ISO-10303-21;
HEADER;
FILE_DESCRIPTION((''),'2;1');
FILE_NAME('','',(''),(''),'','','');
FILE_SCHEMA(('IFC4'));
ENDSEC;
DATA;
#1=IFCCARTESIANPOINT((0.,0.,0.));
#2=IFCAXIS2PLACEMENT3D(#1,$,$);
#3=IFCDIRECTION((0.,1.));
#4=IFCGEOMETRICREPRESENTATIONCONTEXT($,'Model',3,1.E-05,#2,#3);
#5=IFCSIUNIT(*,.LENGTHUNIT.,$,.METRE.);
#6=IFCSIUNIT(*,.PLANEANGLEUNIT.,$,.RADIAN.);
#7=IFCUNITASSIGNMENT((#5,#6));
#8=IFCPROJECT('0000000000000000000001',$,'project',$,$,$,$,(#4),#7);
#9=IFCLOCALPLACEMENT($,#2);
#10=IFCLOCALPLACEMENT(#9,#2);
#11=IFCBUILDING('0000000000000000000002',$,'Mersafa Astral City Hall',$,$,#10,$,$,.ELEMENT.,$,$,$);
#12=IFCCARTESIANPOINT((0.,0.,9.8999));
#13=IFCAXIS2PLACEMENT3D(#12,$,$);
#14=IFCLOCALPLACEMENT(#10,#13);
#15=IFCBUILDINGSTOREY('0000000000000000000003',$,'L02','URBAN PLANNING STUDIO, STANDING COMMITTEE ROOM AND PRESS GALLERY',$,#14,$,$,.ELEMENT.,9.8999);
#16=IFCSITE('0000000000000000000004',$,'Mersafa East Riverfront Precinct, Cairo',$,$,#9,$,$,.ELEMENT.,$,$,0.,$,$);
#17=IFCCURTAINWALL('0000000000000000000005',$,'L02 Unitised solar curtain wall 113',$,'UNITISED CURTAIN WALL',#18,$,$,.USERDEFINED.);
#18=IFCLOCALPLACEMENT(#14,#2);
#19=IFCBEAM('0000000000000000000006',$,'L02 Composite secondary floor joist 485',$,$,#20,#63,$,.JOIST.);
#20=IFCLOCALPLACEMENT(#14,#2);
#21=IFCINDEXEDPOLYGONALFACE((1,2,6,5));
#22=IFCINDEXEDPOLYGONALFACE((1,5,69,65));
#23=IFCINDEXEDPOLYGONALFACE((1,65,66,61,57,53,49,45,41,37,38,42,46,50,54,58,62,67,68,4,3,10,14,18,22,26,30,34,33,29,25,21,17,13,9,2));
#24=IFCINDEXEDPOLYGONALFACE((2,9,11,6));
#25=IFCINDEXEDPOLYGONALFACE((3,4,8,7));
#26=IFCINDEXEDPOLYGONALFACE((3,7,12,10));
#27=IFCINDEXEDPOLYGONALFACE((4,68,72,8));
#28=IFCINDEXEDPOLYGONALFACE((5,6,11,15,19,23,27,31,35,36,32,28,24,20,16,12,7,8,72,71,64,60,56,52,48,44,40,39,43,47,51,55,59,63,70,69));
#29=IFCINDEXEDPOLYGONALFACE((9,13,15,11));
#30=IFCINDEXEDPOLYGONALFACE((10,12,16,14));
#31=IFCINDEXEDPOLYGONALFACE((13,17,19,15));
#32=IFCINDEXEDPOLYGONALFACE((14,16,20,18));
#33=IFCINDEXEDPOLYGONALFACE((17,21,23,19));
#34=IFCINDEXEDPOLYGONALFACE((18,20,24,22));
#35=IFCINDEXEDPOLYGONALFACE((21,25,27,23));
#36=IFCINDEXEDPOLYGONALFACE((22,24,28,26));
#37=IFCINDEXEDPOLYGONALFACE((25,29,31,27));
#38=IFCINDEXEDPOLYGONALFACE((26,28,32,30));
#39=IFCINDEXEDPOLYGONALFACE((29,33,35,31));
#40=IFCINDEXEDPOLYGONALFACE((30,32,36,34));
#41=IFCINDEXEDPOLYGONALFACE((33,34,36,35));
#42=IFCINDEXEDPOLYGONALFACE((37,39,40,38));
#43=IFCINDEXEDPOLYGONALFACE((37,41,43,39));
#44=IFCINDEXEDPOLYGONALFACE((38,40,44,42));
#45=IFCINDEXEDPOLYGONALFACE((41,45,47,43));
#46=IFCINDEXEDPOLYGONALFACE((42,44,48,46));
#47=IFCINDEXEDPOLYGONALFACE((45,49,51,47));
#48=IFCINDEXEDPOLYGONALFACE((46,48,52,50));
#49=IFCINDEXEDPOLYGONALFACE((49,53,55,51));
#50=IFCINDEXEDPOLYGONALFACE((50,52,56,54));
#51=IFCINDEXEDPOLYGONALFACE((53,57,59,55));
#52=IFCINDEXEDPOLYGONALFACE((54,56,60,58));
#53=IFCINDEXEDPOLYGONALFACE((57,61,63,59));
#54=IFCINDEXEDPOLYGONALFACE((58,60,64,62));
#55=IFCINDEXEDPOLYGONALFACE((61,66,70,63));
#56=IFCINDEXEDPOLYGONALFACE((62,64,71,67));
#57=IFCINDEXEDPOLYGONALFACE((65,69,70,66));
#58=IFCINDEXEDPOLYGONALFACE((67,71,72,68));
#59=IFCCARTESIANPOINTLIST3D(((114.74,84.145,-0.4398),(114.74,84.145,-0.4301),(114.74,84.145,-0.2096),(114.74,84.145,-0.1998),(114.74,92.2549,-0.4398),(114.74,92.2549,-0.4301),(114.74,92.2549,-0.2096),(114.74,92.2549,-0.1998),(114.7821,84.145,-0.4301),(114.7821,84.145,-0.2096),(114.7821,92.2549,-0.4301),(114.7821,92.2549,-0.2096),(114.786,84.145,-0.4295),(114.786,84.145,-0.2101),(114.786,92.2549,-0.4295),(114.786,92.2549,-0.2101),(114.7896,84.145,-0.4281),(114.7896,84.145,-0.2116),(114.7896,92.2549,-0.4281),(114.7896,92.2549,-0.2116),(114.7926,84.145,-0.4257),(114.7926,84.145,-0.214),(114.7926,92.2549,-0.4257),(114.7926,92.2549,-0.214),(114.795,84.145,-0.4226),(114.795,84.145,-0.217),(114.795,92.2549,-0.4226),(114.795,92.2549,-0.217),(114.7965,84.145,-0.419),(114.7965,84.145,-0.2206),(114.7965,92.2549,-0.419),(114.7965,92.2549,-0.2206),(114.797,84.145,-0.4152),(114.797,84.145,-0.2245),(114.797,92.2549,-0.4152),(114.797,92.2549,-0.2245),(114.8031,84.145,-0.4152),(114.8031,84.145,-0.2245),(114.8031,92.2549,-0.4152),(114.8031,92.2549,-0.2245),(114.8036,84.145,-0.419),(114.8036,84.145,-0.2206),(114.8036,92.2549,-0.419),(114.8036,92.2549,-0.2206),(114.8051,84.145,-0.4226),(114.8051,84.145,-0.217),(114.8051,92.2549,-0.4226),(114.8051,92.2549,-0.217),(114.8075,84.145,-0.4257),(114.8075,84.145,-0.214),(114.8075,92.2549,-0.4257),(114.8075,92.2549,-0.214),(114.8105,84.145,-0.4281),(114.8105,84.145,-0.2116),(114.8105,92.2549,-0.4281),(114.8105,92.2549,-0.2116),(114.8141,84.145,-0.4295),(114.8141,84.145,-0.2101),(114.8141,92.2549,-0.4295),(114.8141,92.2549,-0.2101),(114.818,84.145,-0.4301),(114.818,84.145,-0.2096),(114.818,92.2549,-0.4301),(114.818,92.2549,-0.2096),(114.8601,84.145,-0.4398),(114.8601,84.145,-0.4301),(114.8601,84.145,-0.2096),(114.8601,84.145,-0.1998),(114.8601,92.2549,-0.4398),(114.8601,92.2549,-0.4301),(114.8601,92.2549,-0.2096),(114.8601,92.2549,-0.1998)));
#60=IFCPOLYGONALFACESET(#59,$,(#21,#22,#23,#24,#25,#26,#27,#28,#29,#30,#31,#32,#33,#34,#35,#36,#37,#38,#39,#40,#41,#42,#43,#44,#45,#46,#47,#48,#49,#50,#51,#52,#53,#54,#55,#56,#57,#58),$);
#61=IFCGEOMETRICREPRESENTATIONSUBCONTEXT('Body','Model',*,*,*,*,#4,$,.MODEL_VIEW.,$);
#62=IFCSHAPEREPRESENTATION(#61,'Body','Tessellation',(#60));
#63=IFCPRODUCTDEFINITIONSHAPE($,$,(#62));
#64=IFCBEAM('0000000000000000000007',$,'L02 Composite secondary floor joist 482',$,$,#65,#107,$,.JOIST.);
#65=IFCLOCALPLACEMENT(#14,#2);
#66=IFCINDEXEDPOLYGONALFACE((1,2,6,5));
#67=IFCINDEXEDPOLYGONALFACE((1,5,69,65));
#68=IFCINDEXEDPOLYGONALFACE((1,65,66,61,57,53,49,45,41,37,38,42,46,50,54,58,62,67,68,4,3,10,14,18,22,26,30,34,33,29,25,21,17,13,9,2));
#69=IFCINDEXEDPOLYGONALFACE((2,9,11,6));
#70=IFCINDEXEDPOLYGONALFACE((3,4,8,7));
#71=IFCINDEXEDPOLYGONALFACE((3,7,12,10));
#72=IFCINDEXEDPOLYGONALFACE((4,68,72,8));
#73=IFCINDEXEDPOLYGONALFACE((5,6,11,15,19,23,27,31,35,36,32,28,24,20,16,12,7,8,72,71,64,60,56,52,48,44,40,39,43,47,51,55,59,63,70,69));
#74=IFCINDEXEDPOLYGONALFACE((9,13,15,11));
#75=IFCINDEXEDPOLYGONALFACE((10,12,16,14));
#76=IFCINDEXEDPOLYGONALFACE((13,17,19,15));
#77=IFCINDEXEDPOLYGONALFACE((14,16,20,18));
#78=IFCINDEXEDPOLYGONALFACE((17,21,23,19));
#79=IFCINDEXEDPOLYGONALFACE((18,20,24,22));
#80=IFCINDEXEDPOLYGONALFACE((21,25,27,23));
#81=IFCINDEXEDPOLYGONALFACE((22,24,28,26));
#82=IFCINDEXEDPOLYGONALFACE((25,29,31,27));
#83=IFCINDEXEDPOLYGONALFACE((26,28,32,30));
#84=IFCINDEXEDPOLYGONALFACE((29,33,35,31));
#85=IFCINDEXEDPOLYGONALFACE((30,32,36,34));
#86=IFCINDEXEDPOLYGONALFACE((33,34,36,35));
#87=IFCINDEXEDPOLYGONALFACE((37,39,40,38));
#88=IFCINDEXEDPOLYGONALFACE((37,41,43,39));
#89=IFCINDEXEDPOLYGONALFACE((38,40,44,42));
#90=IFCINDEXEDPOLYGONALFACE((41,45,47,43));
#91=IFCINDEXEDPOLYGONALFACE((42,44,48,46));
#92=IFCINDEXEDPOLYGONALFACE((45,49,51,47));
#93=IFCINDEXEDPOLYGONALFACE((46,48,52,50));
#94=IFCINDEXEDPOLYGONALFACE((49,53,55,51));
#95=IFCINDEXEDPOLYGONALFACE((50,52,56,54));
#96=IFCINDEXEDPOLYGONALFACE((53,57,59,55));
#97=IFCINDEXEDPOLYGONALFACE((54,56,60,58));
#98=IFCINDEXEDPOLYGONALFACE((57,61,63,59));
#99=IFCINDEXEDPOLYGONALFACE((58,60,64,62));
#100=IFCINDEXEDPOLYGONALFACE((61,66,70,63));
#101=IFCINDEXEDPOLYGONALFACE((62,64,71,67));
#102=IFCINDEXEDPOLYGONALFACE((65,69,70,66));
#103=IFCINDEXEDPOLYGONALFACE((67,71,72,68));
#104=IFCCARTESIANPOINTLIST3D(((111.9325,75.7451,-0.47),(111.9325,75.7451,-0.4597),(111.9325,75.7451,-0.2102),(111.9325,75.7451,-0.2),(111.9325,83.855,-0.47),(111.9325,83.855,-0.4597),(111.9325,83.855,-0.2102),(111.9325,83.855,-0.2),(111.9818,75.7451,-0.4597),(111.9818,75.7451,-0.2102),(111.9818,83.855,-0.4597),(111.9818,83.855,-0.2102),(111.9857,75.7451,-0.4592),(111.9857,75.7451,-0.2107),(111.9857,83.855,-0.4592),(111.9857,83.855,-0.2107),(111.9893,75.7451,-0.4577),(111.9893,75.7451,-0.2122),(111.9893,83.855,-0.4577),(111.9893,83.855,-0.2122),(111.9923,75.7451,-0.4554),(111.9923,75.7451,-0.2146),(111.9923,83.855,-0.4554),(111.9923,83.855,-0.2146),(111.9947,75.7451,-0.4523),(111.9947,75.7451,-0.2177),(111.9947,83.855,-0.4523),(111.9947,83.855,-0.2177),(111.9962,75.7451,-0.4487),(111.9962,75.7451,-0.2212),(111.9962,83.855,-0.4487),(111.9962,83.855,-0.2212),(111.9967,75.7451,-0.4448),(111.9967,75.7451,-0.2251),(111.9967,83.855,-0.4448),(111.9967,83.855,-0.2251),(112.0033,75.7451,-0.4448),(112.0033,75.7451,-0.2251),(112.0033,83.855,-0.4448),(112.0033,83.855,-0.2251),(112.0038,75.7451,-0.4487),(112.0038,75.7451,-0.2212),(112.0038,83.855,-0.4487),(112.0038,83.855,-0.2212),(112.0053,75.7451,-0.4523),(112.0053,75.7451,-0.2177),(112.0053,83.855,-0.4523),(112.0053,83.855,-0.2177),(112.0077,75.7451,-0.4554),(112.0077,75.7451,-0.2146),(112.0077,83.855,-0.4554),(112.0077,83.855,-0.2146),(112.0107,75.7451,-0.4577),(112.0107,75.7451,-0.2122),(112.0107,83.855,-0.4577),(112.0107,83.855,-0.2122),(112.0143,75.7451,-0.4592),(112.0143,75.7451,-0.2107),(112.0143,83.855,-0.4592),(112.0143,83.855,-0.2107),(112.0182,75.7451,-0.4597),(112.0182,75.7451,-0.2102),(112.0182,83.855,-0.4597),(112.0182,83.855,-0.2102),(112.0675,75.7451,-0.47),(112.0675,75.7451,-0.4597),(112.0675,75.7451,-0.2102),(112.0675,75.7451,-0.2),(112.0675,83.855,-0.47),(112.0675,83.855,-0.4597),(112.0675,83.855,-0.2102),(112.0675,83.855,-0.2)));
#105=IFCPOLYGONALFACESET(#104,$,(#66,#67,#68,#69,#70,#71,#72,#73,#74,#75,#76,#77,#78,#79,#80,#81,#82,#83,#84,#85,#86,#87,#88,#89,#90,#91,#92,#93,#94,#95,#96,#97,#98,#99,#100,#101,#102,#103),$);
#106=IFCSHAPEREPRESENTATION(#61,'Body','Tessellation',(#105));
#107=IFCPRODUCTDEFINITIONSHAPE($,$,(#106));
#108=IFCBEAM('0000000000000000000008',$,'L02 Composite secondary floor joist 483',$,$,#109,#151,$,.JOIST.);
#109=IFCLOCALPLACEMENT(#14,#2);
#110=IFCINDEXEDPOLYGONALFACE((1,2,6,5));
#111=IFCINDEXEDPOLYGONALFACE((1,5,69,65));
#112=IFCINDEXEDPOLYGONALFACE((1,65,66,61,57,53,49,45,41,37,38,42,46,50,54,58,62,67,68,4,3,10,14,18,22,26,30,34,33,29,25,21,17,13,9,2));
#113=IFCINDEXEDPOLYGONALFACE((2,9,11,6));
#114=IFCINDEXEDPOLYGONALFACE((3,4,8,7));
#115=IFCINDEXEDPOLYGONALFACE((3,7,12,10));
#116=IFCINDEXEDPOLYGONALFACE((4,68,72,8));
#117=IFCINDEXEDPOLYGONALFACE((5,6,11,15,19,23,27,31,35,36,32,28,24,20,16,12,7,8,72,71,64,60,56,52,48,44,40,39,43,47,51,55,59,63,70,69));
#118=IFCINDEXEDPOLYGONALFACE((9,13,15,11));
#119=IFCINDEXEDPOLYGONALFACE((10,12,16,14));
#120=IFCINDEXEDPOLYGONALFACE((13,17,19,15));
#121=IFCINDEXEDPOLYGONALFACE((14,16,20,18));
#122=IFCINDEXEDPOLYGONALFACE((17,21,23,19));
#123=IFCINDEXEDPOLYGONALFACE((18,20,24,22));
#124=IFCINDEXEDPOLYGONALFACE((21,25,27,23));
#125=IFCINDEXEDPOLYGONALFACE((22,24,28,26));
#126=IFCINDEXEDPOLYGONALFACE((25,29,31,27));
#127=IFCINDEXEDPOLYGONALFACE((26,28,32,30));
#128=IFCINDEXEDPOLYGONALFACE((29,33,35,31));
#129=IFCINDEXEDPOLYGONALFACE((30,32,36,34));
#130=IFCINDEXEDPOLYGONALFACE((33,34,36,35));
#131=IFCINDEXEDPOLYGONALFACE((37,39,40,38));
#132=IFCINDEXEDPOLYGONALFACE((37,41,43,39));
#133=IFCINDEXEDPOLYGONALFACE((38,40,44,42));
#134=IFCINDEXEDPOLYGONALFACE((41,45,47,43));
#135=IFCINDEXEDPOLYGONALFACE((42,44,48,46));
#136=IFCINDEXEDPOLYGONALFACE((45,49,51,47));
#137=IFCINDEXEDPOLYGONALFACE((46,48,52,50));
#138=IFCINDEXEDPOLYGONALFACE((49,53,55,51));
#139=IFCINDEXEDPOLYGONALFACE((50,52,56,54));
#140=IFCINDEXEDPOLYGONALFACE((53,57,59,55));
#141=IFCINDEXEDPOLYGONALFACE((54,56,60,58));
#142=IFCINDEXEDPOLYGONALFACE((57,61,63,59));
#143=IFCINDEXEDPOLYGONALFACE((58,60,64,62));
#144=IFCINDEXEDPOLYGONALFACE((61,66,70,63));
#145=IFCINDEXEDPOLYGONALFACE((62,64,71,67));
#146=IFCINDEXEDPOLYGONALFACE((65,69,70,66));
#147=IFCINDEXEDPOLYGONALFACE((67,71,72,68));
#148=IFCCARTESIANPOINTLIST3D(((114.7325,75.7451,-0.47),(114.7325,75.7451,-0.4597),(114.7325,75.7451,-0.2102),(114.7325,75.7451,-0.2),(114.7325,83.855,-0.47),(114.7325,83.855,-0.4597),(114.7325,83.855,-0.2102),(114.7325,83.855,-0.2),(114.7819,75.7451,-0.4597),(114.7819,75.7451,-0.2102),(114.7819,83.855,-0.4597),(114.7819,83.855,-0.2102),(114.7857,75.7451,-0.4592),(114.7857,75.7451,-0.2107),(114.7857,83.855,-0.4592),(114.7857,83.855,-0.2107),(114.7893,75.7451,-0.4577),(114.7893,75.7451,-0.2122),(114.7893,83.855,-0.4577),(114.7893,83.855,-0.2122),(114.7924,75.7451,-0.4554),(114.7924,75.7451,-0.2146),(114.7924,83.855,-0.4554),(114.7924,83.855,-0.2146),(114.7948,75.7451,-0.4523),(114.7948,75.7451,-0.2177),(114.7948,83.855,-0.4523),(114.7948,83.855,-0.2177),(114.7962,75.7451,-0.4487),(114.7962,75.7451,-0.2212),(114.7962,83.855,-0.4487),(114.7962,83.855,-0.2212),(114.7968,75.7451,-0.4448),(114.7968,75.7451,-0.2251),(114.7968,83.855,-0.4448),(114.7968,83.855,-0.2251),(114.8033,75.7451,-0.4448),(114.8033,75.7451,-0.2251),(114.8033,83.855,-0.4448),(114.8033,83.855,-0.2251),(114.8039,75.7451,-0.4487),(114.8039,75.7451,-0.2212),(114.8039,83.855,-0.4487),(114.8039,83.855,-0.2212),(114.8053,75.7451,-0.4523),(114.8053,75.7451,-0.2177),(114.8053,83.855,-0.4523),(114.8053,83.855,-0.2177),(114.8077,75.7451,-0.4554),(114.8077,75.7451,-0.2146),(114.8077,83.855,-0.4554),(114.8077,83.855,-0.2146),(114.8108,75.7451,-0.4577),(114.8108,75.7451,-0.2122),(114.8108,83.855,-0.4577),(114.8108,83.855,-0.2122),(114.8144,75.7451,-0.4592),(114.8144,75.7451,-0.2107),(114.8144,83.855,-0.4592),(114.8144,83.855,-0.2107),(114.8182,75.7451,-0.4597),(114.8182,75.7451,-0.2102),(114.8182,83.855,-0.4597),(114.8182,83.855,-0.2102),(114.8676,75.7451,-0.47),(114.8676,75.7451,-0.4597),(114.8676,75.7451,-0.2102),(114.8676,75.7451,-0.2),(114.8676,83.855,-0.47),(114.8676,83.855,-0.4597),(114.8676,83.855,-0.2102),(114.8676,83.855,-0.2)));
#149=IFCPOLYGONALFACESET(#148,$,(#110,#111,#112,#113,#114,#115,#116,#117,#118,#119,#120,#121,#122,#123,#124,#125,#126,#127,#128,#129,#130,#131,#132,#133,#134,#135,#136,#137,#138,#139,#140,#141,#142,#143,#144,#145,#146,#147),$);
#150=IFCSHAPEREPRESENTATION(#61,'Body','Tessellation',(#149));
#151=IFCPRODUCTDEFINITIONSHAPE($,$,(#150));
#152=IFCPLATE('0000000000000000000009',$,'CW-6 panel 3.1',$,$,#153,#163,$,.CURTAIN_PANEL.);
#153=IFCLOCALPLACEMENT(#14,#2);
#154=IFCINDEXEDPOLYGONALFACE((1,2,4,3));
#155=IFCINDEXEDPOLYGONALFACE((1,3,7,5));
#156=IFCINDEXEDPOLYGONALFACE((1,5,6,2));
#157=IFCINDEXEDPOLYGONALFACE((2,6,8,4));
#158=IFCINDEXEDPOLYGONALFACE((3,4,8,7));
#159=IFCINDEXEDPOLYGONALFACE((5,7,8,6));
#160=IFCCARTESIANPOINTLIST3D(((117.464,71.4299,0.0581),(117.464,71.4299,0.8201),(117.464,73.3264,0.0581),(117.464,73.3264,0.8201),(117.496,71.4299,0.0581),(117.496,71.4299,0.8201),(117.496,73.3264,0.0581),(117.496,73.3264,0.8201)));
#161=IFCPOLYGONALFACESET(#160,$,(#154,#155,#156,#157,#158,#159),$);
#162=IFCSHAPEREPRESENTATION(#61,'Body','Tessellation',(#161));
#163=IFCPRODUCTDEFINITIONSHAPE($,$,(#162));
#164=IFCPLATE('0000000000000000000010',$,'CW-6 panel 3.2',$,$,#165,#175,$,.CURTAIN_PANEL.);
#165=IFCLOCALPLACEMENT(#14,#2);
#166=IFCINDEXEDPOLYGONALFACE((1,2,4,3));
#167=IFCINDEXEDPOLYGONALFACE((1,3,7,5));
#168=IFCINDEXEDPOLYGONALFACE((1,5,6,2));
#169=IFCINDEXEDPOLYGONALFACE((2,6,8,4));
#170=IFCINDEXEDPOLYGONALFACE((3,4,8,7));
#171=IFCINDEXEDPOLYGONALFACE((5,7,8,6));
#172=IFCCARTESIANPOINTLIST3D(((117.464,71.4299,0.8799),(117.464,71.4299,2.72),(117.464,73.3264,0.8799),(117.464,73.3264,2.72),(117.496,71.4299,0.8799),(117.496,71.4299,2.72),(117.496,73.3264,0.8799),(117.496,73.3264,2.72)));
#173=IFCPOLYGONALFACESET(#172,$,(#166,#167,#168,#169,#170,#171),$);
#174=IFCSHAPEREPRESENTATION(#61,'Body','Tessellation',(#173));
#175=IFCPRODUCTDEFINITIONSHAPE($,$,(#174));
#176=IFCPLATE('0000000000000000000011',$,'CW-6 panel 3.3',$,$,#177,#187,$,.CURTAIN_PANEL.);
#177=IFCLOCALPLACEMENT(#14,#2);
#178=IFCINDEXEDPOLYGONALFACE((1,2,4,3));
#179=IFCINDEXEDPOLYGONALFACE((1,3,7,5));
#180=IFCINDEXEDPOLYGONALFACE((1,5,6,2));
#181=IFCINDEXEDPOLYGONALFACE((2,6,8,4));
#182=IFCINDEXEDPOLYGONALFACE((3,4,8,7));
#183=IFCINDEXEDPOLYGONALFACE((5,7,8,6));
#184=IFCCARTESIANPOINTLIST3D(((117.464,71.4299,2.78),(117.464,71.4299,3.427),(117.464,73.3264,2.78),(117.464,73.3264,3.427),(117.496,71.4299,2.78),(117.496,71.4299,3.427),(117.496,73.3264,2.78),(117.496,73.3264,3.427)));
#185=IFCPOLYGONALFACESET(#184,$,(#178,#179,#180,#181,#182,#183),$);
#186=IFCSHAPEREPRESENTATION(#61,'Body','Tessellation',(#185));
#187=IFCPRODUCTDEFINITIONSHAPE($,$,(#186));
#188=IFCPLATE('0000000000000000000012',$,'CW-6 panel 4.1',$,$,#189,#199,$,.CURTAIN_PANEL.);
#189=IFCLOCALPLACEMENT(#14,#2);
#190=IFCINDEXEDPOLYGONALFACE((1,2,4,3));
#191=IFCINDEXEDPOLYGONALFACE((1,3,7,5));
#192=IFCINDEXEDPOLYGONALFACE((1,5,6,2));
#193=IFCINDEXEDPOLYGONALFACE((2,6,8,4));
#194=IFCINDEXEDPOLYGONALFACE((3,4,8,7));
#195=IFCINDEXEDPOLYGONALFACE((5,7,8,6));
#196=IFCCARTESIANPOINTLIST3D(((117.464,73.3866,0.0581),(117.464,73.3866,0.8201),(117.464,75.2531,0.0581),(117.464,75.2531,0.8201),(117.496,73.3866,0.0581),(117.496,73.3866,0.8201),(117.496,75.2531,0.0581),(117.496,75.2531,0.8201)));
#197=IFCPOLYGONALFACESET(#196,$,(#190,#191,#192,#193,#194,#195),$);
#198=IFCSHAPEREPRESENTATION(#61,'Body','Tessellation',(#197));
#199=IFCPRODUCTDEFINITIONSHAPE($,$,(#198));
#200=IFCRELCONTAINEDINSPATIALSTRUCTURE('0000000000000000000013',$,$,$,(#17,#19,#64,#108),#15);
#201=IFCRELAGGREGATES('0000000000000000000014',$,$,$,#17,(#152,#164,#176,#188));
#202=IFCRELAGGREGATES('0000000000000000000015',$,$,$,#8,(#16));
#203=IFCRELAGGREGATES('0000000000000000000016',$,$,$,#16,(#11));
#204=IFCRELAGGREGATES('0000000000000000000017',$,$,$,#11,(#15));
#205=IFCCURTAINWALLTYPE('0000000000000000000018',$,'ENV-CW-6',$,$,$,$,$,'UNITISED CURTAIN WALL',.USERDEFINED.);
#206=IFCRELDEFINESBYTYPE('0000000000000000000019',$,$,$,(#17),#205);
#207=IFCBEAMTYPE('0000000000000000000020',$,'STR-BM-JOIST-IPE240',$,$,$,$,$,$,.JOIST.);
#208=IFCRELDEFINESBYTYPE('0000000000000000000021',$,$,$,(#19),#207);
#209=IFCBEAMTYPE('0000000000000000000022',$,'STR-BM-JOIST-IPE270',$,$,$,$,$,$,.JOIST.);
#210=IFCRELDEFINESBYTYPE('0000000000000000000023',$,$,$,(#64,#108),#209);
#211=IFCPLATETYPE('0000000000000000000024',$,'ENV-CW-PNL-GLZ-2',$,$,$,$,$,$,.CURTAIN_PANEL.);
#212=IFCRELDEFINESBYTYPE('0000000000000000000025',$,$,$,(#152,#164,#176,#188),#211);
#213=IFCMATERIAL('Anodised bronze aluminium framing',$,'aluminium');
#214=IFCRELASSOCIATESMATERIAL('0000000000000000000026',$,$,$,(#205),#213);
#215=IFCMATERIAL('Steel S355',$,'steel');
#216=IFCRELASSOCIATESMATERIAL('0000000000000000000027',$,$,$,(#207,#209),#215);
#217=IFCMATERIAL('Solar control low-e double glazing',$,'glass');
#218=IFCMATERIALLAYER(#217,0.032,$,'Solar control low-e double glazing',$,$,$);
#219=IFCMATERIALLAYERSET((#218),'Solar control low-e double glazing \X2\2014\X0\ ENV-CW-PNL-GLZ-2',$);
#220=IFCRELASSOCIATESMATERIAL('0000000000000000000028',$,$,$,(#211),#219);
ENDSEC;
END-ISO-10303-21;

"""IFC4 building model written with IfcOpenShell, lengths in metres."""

from ifc_helpers import new_model, si_unit, direction, frame, origin, origin_2d, place, context, subcontext, project, spatial, rectangle, i_section, extrude, material, layer, layer_set, material_profile, profile_set, type_object, element, aggregate, save


model = new_model("IFC4")

# Units and contexts
model_context = context("Model", 3, precision=1e-05, world=origin(), true_north=direction((0.0, 1.0)))
body_context = subcontext(model_context, "Body", "Model", "MODEL_VIEW")
ifc_project = project(units=[si_unit("LENGTHUNIT", "METRE"), si_unit("PLANEANGLEUNIT", "RADIAN")], contexts=[model_context])

# Site, building, storey
site_placement = place(None, origin())
site = spatial("IfcSite", under=ifc_project, at=site_placement, Name="Mersafa East Riverfront Precinct, Cairo", CompositionType="ELEMENT", RefElevation=0.0)
building_placement = place(site_placement, origin())
building = spatial("IfcBuilding", under=site, at=building_placement, Name="Mersafa Astral City Hall", CompositionType="ELEMENT")
storey_placement = place(building_placement, frame((0.0, 0.0, 9.8999)))
storey = spatial("IfcBuildingStorey", under=building, at=storey_placement, Name="L02", Description="URBAN PLANNING STUDIO, STANDING COMMITTEE ROOM AND PRESS GALLERY", CompositionType="ELEMENT", Elevation=9.8999)

# Curtain wall
ifc_material_1 = material(Name="Anodised bronze aluminium framing", Category="aluminium")
curtain_wall_type = type_object("IfcCurtainWallType", Name="ENV-CW-6", ElementType="UNITISED CURTAIN WALL", PredefinedType="USERDEFINED", material=ifc_material_1)
curtain_wall_placement = place(storey_placement, origin())
curtain_wall = element("IfcCurtainWall", 1, at=curtain_wall_placement, inside=storey, type_object=curtain_wall_type, Name="L02 Unitised solar curtain wall 113", ObjectType="UNITISED CURTAIN WALL", PredefinedType="USERDEFINED")

# Beams
ifc_material_2 = material(Name="Steel S355", Category="steel")
ifc_material_profile_1 = material_profile(ifc_material_2, i_section(OverallWidth=0.1201, OverallDepth=0.24, WebThickness=0.0061, FlangeThickness=0.0098, FilletRadius=0.0149, at=origin_2d()), Name="IPE 240")
ifc_profile_set_1 = profile_set([ifc_material_profile_1], Name="Steel S355")
beam_type_1 = type_object("IfcBeamType", Name="STR-BM-JOIST-IPE240", PredefinedType="JOIST", material=ifc_profile_set_1)
for number, where, z_axis, x_axis, name in (
    (2, (114.8, 84.145, -0.3198), (0.0, 1.0, 0.0), (-1.0, 0.0, 0.0), "L02 Composite secondary floor joist 485"),
):
    element("IfcBeam", number, at=place(storey_placement, frame(where, z_axis=z_axis, x_axis=x_axis)), inside=storey, type_object=beam_type_1, Name=name, PredefinedType="JOIST", context=body_context, shape_type="SweptSolid", body=[
        extrude(i_section(OverallWidth=0.1201, OverallDepth=0.24, WebThickness=0.0061, FlangeThickness=0.0098, FilletRadius=0.0149, at=origin_2d()), origin(), (0.0, 0.0, 1.0), 8.1099),
    ])
ifc_material_profile_2 = material_profile(ifc_material_2, i_section(OverallWidth=0.135, OverallDepth=0.27, WebThickness=0.0066, FlangeThickness=0.0103, FilletRadius=0.0149, at=origin_2d()), Name="IPE 270")
ifc_profile_set_2 = profile_set([ifc_material_profile_2], Name="Steel S355")
beam_type_2 = type_object("IfcBeamType", Name="STR-BM-JOIST-IPE270", PredefinedType="JOIST", material=ifc_profile_set_2)
for number, where, z_axis, x_axis, name in (
    (3, (112.0, 75.7451, -0.335), (0.0, 1.0, 0.0), (-1.0, 0.0, 0.0), "L02 Composite secondary floor joist 482"),
    (4, (114.8, 75.7451, -0.335), (0.0, 1.0, 0.0), (-1.0, 0.0, 0.0), "L02 Composite secondary floor joist 483"),
):
    element("IfcBeam", number, at=place(storey_placement, frame(where, z_axis=z_axis, x_axis=x_axis)), inside=storey, type_object=beam_type_2, Name=name, PredefinedType="JOIST", context=body_context, shape_type="SweptSolid", body=[
        extrude(i_section(OverallWidth=0.135, OverallDepth=0.27, WebThickness=0.0066, FlangeThickness=0.0103, FilletRadius=0.0149, at=origin_2d()), origin(), (0.0, 0.0, 1.0), 8.1099),
    ])

# Plates
ifc_material_3 = material(Name="Solar control low-e double glazing", Category="glass")
ifc_layer_1 = layer(ifc_material_3, 0.032, Name="Solar control low-e double glazing")
ifc_layer_set_1 = layer_set([ifc_layer_1], Name="Solar control low-e double glazing — ENV-CW-PNL-GLZ-2")
plate_type = type_object("IfcPlateType", Name="ENV-CW-PNL-GLZ-2", PredefinedType="CURTAIN_PANEL", material=ifc_layer_set_1)
plate_1_placement = place(storey_placement, frame((117.48, 72.3782, 0.0581), z_axis=(0.0, 0.0, 1.0), x_axis=(0.0, 1.0, 0.0)))
plate_1 = element("IfcPlate", 5, at=plate_1_placement, type_object=plate_type, Name="CW-6 panel 3.1", PredefinedType="CURTAIN_PANEL", context=body_context, shape_type="SweptSolid", body=[
    extrude(rectangle(XDim=1.8965, YDim=0.032, at=origin_2d()), origin(), (0.0, 0.0, 1.0), 0.762),
])
plate_2_placement = place(storey_placement, frame((117.48, 72.3782, 0.8799), z_axis=(0.0, 0.0, 1.0), x_axis=(0.0, 1.0, 0.0)))
plate_2 = element("IfcPlate", 6, at=plate_2_placement, type_object=plate_type, Name="CW-6 panel 3.2", PredefinedType="CURTAIN_PANEL", context=body_context, shape_type="SweptSolid", body=[
    extrude(rectangle(XDim=1.8965, YDim=0.032, at=origin_2d()), origin(), (0.0, 0.0, 1.0), 1.8401),
])
plate_3_placement = place(storey_placement, frame((117.48, 72.3782, 2.78), z_axis=(0.0, 0.0, 1.0), x_axis=(0.0, 1.0, 0.0)))
plate_3 = element("IfcPlate", 7, at=plate_3_placement, type_object=plate_type, Name="CW-6 panel 3.3", PredefinedType="CURTAIN_PANEL", context=body_context, shape_type="SweptSolid", body=[
    extrude(rectangle(XDim=1.8965, YDim=0.032, at=origin_2d()), origin(), (0.0, 0.0, 1.0), 0.647),
])
plate_4_placement = place(storey_placement, frame((117.48, 74.3198, 0.0581), z_axis=(0.0, 0.0, 1.0), x_axis=(0.0, 1.0, 0.0)))
plate_4 = element("IfcPlate", 8, at=plate_4_placement, type_object=plate_type, Name="CW-6 panel 4.1", PredefinedType="CURTAIN_PANEL", context=body_context, shape_type="SweptSolid", body=[
    extrude(rectangle(XDim=1.8665, YDim=0.032, at=origin_2d()), origin(), (0.0, 0.0, 1.0), 0.762),
])
aggregate(curtain_wall, [plate_1, plate_2, plate_3, plate_4])

save(model, "model.ifc")
